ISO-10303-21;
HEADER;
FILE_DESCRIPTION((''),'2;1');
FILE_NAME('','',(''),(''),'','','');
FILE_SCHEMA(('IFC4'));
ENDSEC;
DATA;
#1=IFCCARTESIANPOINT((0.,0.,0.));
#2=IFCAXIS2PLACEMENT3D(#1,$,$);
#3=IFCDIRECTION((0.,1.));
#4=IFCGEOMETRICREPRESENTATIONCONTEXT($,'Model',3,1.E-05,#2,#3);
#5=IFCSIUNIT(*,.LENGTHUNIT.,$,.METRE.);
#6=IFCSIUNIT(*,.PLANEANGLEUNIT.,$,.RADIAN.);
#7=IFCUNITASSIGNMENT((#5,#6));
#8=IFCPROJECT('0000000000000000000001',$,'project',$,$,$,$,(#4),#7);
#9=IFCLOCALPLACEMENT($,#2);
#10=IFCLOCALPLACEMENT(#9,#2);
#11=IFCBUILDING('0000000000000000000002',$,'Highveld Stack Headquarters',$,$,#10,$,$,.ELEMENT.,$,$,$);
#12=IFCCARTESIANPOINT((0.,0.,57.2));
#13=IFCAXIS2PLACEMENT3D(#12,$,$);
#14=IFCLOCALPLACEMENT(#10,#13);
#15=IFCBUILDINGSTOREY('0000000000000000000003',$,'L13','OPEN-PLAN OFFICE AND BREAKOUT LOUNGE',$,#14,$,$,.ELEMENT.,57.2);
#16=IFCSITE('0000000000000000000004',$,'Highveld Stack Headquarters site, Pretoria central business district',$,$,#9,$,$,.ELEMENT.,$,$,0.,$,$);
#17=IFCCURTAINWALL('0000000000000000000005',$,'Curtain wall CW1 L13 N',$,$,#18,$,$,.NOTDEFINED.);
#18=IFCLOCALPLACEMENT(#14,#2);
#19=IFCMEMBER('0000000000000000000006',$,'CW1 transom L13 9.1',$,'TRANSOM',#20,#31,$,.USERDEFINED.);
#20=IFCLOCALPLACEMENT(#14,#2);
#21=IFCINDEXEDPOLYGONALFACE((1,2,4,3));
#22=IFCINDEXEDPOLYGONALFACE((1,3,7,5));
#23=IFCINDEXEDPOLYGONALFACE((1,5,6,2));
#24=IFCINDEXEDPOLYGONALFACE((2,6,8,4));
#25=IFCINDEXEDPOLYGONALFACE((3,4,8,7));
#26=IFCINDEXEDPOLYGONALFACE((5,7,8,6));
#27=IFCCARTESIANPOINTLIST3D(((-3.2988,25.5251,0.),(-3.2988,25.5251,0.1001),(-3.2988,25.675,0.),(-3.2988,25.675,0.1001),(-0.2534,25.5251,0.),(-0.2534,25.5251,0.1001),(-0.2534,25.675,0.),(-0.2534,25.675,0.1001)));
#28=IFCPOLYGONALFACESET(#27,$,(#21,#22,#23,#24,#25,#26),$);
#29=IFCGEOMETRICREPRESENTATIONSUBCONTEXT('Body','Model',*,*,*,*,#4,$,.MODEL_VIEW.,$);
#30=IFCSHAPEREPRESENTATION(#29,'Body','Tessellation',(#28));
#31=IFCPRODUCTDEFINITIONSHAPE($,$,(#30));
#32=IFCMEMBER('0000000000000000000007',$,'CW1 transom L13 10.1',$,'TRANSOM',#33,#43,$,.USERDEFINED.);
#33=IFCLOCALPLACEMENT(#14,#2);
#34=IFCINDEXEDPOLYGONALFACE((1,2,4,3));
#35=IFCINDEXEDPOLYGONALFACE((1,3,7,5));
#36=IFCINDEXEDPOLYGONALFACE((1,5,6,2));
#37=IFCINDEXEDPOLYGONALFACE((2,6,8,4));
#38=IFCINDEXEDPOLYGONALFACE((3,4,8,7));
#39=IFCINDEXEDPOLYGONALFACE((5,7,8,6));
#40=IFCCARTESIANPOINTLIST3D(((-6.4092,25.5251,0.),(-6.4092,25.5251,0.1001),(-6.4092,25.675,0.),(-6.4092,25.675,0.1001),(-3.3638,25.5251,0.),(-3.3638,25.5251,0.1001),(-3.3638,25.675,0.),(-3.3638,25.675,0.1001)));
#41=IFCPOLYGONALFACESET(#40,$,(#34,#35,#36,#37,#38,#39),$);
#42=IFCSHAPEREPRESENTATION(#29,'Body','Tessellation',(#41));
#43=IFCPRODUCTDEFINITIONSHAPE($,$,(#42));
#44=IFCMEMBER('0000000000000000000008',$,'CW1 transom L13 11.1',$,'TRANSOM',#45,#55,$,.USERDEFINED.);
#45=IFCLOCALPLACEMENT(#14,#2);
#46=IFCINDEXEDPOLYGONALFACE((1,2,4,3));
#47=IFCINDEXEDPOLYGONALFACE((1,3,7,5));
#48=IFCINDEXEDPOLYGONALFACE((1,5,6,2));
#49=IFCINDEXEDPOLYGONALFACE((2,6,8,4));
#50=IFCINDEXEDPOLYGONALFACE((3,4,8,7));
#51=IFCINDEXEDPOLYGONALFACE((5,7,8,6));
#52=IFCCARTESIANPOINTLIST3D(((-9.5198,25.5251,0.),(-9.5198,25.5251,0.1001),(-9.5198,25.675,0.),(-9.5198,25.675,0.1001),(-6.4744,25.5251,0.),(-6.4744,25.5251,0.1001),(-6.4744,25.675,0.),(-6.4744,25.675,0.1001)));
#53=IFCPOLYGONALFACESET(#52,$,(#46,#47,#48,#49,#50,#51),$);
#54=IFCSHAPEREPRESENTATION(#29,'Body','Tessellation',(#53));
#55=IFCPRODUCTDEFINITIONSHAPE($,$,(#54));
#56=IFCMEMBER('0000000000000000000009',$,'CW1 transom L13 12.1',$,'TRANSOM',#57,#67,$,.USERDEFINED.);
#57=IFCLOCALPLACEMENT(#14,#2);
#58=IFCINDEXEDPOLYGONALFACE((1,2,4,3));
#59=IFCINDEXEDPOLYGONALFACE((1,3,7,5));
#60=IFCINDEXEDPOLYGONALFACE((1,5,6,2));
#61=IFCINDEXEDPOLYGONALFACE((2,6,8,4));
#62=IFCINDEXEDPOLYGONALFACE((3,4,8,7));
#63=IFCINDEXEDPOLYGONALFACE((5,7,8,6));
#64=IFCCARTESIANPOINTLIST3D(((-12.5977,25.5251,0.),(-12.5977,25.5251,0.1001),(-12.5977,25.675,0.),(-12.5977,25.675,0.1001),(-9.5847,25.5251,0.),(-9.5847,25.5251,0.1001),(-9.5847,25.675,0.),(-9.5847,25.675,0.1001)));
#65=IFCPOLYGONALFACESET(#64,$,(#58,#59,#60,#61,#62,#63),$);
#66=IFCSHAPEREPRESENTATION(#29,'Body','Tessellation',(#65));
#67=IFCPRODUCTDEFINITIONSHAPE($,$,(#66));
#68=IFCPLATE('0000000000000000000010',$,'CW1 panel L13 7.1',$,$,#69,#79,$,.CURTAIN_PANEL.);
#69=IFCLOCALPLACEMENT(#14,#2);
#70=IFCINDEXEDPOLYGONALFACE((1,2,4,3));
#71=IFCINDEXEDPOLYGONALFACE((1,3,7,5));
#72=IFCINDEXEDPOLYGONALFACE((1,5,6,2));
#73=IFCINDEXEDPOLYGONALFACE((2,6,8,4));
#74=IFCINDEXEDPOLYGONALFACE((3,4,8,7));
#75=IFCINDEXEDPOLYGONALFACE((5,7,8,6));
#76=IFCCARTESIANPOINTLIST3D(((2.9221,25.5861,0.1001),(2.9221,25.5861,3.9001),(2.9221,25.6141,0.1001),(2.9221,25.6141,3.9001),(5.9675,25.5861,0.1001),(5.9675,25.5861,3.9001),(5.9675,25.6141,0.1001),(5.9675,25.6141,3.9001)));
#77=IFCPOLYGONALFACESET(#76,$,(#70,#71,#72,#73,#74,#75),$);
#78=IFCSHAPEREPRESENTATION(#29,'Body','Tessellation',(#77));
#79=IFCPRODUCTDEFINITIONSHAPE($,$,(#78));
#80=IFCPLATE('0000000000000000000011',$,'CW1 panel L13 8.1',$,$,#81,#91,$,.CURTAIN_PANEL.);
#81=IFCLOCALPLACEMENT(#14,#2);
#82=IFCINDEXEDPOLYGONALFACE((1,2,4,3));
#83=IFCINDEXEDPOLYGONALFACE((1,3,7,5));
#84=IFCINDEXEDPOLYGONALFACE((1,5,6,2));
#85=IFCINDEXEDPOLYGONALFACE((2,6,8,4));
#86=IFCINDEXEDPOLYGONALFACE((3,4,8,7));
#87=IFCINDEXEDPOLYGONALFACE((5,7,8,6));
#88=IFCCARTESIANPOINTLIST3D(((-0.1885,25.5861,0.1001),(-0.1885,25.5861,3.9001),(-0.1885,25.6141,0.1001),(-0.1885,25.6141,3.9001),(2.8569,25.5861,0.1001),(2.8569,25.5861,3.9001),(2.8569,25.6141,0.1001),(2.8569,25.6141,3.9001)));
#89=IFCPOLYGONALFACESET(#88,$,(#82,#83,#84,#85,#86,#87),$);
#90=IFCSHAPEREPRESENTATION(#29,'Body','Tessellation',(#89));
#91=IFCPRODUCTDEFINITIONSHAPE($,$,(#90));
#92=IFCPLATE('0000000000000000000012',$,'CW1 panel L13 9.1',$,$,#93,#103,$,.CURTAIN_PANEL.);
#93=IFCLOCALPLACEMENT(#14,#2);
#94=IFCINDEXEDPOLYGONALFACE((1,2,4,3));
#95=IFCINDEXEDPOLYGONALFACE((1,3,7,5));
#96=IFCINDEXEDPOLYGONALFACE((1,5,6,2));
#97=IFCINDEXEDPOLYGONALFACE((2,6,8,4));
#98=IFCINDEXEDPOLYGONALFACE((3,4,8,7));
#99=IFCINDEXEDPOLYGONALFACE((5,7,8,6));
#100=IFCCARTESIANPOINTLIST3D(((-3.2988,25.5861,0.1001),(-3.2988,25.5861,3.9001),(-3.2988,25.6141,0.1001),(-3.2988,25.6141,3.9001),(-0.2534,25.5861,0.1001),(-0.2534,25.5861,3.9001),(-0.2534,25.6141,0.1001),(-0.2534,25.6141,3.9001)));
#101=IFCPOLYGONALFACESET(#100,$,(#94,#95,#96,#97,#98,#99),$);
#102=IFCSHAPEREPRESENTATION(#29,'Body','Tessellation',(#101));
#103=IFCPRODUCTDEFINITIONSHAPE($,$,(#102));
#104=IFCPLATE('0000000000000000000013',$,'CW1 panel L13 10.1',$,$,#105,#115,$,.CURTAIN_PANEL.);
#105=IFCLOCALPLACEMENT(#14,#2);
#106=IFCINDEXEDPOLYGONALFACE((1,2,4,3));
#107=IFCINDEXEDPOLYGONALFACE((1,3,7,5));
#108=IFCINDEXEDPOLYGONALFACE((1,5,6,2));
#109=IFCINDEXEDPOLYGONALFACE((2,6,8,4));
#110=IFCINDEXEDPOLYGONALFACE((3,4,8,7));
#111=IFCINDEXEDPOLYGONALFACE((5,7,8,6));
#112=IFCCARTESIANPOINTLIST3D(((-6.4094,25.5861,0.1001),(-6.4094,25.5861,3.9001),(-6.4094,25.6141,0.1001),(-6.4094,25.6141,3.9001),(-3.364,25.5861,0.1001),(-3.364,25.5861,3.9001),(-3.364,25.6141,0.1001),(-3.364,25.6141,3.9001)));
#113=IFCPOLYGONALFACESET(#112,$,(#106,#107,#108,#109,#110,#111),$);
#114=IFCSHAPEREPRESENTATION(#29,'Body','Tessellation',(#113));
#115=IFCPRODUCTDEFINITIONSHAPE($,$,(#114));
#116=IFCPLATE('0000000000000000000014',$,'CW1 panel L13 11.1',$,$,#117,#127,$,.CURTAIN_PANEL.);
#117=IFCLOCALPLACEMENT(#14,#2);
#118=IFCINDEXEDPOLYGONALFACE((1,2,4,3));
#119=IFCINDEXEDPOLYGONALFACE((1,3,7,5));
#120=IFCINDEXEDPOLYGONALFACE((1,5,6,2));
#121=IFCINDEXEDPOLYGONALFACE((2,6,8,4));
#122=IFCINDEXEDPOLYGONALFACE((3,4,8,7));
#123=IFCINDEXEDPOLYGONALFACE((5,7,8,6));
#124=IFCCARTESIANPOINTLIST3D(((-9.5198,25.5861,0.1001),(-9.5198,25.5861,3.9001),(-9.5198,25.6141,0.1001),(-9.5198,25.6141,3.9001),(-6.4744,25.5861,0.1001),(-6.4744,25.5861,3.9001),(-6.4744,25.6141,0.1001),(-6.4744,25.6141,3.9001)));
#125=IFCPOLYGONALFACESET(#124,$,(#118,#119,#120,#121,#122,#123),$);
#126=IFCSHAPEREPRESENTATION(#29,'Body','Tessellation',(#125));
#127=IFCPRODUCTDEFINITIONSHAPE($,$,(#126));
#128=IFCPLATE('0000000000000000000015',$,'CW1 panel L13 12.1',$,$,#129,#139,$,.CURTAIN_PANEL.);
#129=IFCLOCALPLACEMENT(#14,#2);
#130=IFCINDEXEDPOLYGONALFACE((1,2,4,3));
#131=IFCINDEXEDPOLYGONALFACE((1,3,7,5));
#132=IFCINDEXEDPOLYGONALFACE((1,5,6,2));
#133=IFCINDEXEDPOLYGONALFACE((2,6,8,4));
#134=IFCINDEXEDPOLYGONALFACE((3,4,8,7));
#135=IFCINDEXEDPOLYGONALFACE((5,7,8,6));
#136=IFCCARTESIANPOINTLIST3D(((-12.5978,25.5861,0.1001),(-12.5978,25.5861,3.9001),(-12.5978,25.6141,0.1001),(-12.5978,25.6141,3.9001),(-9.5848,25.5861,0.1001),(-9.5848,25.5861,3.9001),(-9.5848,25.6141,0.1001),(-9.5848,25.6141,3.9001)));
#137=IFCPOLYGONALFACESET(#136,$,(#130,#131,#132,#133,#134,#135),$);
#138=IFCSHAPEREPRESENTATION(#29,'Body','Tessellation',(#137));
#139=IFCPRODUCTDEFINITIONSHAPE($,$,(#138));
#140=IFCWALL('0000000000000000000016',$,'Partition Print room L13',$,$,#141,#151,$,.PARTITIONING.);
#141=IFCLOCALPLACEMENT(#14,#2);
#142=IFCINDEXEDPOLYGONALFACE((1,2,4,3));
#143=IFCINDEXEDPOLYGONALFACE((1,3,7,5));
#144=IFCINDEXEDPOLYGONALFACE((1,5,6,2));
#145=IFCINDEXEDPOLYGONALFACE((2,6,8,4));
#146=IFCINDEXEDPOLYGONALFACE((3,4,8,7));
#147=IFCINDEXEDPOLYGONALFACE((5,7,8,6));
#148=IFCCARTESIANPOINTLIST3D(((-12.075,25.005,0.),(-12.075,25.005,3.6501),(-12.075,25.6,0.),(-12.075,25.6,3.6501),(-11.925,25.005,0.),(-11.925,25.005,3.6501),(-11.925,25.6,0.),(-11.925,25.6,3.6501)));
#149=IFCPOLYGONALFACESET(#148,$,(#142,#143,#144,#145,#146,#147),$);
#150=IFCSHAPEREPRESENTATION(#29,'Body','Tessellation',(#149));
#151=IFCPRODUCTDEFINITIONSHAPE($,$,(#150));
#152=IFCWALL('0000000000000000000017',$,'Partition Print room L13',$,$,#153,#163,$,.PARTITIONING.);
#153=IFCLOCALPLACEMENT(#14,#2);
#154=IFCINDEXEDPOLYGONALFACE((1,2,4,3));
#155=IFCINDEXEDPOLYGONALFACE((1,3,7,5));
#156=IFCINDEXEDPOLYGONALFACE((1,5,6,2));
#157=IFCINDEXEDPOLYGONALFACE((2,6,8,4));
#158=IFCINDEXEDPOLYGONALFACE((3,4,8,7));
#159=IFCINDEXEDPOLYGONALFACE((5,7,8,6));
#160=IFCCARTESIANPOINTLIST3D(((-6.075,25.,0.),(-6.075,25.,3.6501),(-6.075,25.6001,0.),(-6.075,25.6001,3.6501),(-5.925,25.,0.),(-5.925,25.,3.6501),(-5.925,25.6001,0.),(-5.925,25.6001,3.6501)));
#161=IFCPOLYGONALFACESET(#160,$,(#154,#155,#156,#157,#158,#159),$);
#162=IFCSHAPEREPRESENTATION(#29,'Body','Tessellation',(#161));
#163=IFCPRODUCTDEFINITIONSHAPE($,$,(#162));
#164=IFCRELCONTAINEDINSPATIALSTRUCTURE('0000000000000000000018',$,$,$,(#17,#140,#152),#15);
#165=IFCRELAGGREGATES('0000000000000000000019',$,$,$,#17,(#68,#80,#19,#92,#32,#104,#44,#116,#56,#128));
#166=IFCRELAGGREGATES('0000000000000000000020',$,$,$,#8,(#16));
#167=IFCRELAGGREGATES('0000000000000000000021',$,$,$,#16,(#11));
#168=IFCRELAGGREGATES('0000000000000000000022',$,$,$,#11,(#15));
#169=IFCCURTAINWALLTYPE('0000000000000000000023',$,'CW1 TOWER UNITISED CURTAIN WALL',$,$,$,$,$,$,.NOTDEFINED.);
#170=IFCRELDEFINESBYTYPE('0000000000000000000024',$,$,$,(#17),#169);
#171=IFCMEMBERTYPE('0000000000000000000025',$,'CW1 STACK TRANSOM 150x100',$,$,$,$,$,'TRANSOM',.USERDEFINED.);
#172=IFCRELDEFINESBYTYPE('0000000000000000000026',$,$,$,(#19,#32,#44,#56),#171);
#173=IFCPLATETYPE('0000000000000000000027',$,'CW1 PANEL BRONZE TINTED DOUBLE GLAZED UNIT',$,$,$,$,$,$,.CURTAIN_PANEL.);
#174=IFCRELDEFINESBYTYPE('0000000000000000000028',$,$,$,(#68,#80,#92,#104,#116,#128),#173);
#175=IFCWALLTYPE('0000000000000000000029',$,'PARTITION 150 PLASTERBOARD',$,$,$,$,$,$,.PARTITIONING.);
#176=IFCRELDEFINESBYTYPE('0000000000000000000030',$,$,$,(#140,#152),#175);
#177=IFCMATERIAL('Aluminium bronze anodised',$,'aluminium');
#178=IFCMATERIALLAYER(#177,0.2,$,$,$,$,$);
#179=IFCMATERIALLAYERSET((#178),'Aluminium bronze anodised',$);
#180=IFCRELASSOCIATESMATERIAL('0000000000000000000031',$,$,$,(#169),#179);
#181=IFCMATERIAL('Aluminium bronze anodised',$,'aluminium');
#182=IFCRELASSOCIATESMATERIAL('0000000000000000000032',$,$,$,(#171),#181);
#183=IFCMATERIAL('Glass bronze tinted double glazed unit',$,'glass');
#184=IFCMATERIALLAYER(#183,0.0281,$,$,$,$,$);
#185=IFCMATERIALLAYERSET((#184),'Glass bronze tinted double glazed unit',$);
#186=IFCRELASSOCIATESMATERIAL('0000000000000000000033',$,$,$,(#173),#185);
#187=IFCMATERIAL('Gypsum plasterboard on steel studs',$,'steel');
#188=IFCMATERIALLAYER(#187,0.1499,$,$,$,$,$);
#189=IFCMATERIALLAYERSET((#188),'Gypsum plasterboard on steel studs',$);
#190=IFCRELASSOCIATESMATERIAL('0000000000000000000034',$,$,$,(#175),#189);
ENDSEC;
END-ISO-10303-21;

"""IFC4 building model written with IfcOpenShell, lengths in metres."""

from ifc_helpers import new_model, si_unit, direction, frame, frame_2d, origin, origin_2d, place, context, subcontext, project, spatial, rectangle, extrude, material, layer, layer_set, material_profile, profile_set, type_object, element, aggregate, save


model = new_model("IFC4")

# Units and contexts
model_context = context("Model", 3, precision=1e-05, world=origin(), true_north=direction((0.0, 1.0)))
body_context = subcontext(model_context, "Body", "Model", "MODEL_VIEW")
ifc_project = project(units=[si_unit("LENGTHUNIT", "METRE"), si_unit("PLANEANGLEUNIT", "RADIAN")], contexts=[model_context])

# Site, building, storey
site_placement = place(None, origin())
site = spatial("IfcSite", under=ifc_project, at=site_placement, Name="Highveld Stack Headquarters site, Pretoria central business district", CompositionType="ELEMENT", RefElevation=0.0)
building_placement = place(site_placement, origin())
building = spatial("IfcBuilding", under=site, at=building_placement, Name="Highveld Stack Headquarters", CompositionType="ELEMENT")
storey_placement = place(building_placement, frame((0.0, 0.0, 57.2)))
storey = spatial("IfcBuildingStorey", under=building, at=storey_placement, Name="L13", Description="OPEN-PLAN OFFICE AND BREAKOUT LOUNGE", CompositionType="ELEMENT", Elevation=57.2)

# Curtain wall, members, plates
ifc_material_1 = material(Name="Aluminium bronze anodised", Category="aluminium")
ifc_layer_1 = layer(ifc_material_1, 0.2)
ifc_layer_set_1 = layer_set([ifc_layer_1], Name="Aluminium bronze anodised")
curtain_wall_type = type_object("IfcCurtainWallType", Name="CW1 TOWER UNITISED CURTAIN WALL", PredefinedType="NOTDEFINED", material=ifc_layer_set_1)
curtain_wall_placement = place(storey_placement, origin())
curtain_wall = element("IfcCurtainWall", 1, at=curtain_wall_placement, inside=storey, type_object=curtain_wall_type, Name="Curtain wall CW1 L13 N", PredefinedType="NOTDEFINED")
ifc_material_2 = material(Name="Aluminium bronze anodised", Category="aluminium")
ifc_material_profile_1 = material_profile(ifc_material_2, rectangle(XDim=0.1499, YDim=0.1001, at=origin_2d()), Name="CW1 TRANSOM 150x100")
ifc_profile_set_1 = profile_set([ifc_material_profile_1], Name="Aluminium bronze anodised")
member_type_1 = type_object("IfcMemberType", Name="CW1 STACK TRANSOM 150x100", ElementType="TRANSOM", PredefinedType="USERDEFINED", material=ifc_profile_set_1)
member_1_placement = place(storey_placement, frame((-0.2534, 25.6001, 0.05), z_axis=(-1.0, 0.0, 0.0), x_axis=(0.0, -1.0, 0.0)))
member_1 = element("IfcMember", 2, at=member_1_placement, type_object=member_type_1, Name="CW1 transom L13 9.1", ObjectType="TRANSOM", PredefinedType="USERDEFINED", context=body_context, shape_type="SweptSolid", body=[
    extrude(rectangle(XDim=0.1499, YDim=0.1001, at=origin_2d()), origin(), (0.0, 0.0, 1.0), 3.0454),
])
member_2_placement = place(storey_placement, frame((-3.3638, 25.6001, 0.05), z_axis=(-1.0, 0.0, 0.0), x_axis=(0.0, -1.0, 0.0)))
member_2 = element("IfcMember", 3, at=member_2_placement, type_object=member_type_1, Name="CW1 transom L13 10.1", ObjectType="TRANSOM", PredefinedType="USERDEFINED", context=body_context, shape_type="SweptSolid", body=[
    extrude(rectangle(XDim=0.1499, YDim=0.1001, at=origin_2d()), origin(), (0.0, 0.0, 1.0), 3.0454),
])
member_3_placement = place(storey_placement, frame((-6.4744, 25.6001, 0.05), z_axis=(-1.0, 0.0, 0.0), x_axis=(0.0, -1.0, 0.0)))
member_3 = element("IfcMember", 4, at=member_3_placement, type_object=member_type_1, Name="CW1 transom L13 11.1", ObjectType="TRANSOM", PredefinedType="USERDEFINED", context=body_context, shape_type="SweptSolid", body=[
    extrude(rectangle(XDim=0.1499, YDim=0.1001, at=origin_2d()), origin(), (0.0, 0.0, 1.0), 3.0454),
])
member_4_placement = place(storey_placement, frame((-9.5847, 25.6001, 0.05), z_axis=(-1.0, 0.0, 0.0), x_axis=(0.0, -1.0, 0.0)))
member_4 = element("IfcMember", 5, at=member_4_placement, type_object=member_type_1, Name="CW1 transom L13 12.1", ObjectType="TRANSOM", PredefinedType="USERDEFINED", context=body_context, shape_type="SweptSolid", body=[
    extrude(rectangle(XDim=0.1499, YDim=0.1001, at=origin_2d()), origin(), (0.0, 0.0, 1.0), 3.0129),
])
ifc_material_3 = material(Name="Glass bronze tinted double glazed unit", Category="glass")
ifc_layer_2 = layer(ifc_material_3, 0.0281)
ifc_layer_set_2 = layer_set([ifc_layer_2], Name="Glass bronze tinted double glazed unit")
plate_type = type_object("IfcPlateType", Name="CW1 PANEL BRONZE TINTED DOUBLE GLAZED UNIT", PredefinedType="CURTAIN_PANEL", material=ifc_layer_set_2)
plate_1_placement = place(storey_placement, frame((4.4448, 25.6001, 0.1001), z_axis=(0.0, 0.0, 1.0), x_axis=(-1.0, 0.0, 0.0)))
plate_1 = element("IfcPlate", 6, at=plate_1_placement, type_object=plate_type, Name="CW1 panel L13 7.1", PredefinedType="CURTAIN_PANEL", context=body_context, shape_type="SweptSolid", body=[
    extrude(rectangle(XDim=3.0454, YDim=0.0281, at=origin_2d()), origin(), (0.0, 0.0, 1.0), 3.8),
])
plate_2_placement = place(storey_placement, frame((1.3342, 25.6001, 0.1001), z_axis=(0.0, 0.0, 1.0), x_axis=(-1.0, 0.0, 0.0)))
plate_2 = element("IfcPlate", 7, at=plate_2_placement, type_object=plate_type, Name="CW1 panel L13 8.1", PredefinedType="CURTAIN_PANEL", context=body_context, shape_type="SweptSolid", body=[
    extrude(rectangle(XDim=3.0454, YDim=0.0281, at=origin_2d()), origin(), (0.0, 0.0, 1.0), 3.8),
])
plate_3_placement = place(storey_placement, frame((-1.7761, 25.6001, 0.1001), z_axis=(0.0, 0.0, 1.0), x_axis=(-1.0, 0.0, 0.0)))
plate_3 = element("IfcPlate", 8, at=plate_3_placement, type_object=plate_type, Name="CW1 panel L13 9.1", PredefinedType="CURTAIN_PANEL", context=body_context, shape_type="SweptSolid", body=[
    extrude(rectangle(XDim=3.0454, YDim=0.0281, at=origin_2d()), origin(), (0.0, 0.0, 1.0), 3.8),
])
plate_4_placement = place(storey_placement, frame((-4.8867, 25.6001, 0.1001), z_axis=(0.0, 0.0, 1.0), x_axis=(-1.0, 0.0, 0.0)))
plate_4 = element("IfcPlate", 9, at=plate_4_placement, type_object=plate_type, Name="CW1 panel L13 10.1", PredefinedType="CURTAIN_PANEL", context=body_context, shape_type="SweptSolid", body=[
    extrude(rectangle(XDim=3.0454, YDim=0.0281, at=origin_2d()), origin(), (0.0, 0.0, 1.0), 3.8),
])
plate_5_placement = place(storey_placement, frame((-7.9971, 25.6001, 0.1001), z_axis=(0.0, 0.0, 1.0), x_axis=(-1.0, 0.0, 0.0)))
plate_5 = element("IfcPlate", 10, at=plate_5_placement, type_object=plate_type, Name="CW1 panel L13 11.1", PredefinedType="CURTAIN_PANEL", context=body_context, shape_type="SweptSolid", body=[
    extrude(rectangle(XDim=3.0454, YDim=0.0281, at=origin_2d()), origin(), (0.0, 0.0, 1.0), 3.8),
])
plate_6_placement = place(storey_placement, frame((-11.0913, 25.6001, 0.1001), z_axis=(0.0, 0.0, 1.0), x_axis=(-1.0, 0.0, 0.0)))
plate_6 = element("IfcPlate", 11, at=plate_6_placement, type_object=plate_type, Name="CW1 panel L13 12.1", PredefinedType="CURTAIN_PANEL", context=body_context, shape_type="SweptSolid", body=[
    extrude(rectangle(XDim=3.0129, YDim=0.0281, at=origin_2d()), origin(), (0.0, 0.0, 1.0), 3.8),
])
aggregate(curtain_wall, [plate_1, plate_2, member_1, plate_3, member_2, plate_4, member_3, plate_5, member_4, plate_6])

# Walls
ifc_material_4 = material(Name="Gypsum plasterboard on steel studs", Category="steel")
ifc_layer_3 = layer(ifc_material_4, 0.1499)
ifc_layer_set_3 = layer_set([ifc_layer_3], Name="Gypsum plasterboard on steel studs")
wall_type = type_object("IfcWallType", Name="PARTITION 150 PLASTERBOARD", PredefinedType="PARTITIONING", material=ifc_layer_set_3)
wall_1_placement = place(storey_placement, frame((-12.0, 25.0051, 0.0), z_axis=(0.0, 0.0, 1.0), x_axis=(0.0, 1.0, 0.0)))
element("IfcWall", 12, at=wall_1_placement, inside=storey, type_object=wall_type, Name="Partition Print room L13", PredefinedType="PARTITIONING", context=body_context, shape_type="SweptSolid", body=[
    extrude(rectangle(XDim=0.595, YDim=0.1499, at=frame_2d((0.2974, 0.0))), origin(), (0.0, 0.0, 1.0), 3.6501),
])
wall_2_placement = place(storey_placement, frame((-6.0, 25.0, 0.0), z_axis=(0.0, 0.0, 1.0), x_axis=(0.0, 1.0, 0.0)))
element("IfcWall", 13, at=wall_2_placement, inside=storey, type_object=wall_type, Name="Partition Print room L13", PredefinedType="PARTITIONING", context=body_context, shape_type="SweptSolid", body=[
    extrude(rectangle(XDim=0.6001, YDim=0.1499, at=frame_2d((0.3, 0.0))), origin(), (0.0, 0.0, 1.0), 3.6501),
])

save(model, "model.ifc")
